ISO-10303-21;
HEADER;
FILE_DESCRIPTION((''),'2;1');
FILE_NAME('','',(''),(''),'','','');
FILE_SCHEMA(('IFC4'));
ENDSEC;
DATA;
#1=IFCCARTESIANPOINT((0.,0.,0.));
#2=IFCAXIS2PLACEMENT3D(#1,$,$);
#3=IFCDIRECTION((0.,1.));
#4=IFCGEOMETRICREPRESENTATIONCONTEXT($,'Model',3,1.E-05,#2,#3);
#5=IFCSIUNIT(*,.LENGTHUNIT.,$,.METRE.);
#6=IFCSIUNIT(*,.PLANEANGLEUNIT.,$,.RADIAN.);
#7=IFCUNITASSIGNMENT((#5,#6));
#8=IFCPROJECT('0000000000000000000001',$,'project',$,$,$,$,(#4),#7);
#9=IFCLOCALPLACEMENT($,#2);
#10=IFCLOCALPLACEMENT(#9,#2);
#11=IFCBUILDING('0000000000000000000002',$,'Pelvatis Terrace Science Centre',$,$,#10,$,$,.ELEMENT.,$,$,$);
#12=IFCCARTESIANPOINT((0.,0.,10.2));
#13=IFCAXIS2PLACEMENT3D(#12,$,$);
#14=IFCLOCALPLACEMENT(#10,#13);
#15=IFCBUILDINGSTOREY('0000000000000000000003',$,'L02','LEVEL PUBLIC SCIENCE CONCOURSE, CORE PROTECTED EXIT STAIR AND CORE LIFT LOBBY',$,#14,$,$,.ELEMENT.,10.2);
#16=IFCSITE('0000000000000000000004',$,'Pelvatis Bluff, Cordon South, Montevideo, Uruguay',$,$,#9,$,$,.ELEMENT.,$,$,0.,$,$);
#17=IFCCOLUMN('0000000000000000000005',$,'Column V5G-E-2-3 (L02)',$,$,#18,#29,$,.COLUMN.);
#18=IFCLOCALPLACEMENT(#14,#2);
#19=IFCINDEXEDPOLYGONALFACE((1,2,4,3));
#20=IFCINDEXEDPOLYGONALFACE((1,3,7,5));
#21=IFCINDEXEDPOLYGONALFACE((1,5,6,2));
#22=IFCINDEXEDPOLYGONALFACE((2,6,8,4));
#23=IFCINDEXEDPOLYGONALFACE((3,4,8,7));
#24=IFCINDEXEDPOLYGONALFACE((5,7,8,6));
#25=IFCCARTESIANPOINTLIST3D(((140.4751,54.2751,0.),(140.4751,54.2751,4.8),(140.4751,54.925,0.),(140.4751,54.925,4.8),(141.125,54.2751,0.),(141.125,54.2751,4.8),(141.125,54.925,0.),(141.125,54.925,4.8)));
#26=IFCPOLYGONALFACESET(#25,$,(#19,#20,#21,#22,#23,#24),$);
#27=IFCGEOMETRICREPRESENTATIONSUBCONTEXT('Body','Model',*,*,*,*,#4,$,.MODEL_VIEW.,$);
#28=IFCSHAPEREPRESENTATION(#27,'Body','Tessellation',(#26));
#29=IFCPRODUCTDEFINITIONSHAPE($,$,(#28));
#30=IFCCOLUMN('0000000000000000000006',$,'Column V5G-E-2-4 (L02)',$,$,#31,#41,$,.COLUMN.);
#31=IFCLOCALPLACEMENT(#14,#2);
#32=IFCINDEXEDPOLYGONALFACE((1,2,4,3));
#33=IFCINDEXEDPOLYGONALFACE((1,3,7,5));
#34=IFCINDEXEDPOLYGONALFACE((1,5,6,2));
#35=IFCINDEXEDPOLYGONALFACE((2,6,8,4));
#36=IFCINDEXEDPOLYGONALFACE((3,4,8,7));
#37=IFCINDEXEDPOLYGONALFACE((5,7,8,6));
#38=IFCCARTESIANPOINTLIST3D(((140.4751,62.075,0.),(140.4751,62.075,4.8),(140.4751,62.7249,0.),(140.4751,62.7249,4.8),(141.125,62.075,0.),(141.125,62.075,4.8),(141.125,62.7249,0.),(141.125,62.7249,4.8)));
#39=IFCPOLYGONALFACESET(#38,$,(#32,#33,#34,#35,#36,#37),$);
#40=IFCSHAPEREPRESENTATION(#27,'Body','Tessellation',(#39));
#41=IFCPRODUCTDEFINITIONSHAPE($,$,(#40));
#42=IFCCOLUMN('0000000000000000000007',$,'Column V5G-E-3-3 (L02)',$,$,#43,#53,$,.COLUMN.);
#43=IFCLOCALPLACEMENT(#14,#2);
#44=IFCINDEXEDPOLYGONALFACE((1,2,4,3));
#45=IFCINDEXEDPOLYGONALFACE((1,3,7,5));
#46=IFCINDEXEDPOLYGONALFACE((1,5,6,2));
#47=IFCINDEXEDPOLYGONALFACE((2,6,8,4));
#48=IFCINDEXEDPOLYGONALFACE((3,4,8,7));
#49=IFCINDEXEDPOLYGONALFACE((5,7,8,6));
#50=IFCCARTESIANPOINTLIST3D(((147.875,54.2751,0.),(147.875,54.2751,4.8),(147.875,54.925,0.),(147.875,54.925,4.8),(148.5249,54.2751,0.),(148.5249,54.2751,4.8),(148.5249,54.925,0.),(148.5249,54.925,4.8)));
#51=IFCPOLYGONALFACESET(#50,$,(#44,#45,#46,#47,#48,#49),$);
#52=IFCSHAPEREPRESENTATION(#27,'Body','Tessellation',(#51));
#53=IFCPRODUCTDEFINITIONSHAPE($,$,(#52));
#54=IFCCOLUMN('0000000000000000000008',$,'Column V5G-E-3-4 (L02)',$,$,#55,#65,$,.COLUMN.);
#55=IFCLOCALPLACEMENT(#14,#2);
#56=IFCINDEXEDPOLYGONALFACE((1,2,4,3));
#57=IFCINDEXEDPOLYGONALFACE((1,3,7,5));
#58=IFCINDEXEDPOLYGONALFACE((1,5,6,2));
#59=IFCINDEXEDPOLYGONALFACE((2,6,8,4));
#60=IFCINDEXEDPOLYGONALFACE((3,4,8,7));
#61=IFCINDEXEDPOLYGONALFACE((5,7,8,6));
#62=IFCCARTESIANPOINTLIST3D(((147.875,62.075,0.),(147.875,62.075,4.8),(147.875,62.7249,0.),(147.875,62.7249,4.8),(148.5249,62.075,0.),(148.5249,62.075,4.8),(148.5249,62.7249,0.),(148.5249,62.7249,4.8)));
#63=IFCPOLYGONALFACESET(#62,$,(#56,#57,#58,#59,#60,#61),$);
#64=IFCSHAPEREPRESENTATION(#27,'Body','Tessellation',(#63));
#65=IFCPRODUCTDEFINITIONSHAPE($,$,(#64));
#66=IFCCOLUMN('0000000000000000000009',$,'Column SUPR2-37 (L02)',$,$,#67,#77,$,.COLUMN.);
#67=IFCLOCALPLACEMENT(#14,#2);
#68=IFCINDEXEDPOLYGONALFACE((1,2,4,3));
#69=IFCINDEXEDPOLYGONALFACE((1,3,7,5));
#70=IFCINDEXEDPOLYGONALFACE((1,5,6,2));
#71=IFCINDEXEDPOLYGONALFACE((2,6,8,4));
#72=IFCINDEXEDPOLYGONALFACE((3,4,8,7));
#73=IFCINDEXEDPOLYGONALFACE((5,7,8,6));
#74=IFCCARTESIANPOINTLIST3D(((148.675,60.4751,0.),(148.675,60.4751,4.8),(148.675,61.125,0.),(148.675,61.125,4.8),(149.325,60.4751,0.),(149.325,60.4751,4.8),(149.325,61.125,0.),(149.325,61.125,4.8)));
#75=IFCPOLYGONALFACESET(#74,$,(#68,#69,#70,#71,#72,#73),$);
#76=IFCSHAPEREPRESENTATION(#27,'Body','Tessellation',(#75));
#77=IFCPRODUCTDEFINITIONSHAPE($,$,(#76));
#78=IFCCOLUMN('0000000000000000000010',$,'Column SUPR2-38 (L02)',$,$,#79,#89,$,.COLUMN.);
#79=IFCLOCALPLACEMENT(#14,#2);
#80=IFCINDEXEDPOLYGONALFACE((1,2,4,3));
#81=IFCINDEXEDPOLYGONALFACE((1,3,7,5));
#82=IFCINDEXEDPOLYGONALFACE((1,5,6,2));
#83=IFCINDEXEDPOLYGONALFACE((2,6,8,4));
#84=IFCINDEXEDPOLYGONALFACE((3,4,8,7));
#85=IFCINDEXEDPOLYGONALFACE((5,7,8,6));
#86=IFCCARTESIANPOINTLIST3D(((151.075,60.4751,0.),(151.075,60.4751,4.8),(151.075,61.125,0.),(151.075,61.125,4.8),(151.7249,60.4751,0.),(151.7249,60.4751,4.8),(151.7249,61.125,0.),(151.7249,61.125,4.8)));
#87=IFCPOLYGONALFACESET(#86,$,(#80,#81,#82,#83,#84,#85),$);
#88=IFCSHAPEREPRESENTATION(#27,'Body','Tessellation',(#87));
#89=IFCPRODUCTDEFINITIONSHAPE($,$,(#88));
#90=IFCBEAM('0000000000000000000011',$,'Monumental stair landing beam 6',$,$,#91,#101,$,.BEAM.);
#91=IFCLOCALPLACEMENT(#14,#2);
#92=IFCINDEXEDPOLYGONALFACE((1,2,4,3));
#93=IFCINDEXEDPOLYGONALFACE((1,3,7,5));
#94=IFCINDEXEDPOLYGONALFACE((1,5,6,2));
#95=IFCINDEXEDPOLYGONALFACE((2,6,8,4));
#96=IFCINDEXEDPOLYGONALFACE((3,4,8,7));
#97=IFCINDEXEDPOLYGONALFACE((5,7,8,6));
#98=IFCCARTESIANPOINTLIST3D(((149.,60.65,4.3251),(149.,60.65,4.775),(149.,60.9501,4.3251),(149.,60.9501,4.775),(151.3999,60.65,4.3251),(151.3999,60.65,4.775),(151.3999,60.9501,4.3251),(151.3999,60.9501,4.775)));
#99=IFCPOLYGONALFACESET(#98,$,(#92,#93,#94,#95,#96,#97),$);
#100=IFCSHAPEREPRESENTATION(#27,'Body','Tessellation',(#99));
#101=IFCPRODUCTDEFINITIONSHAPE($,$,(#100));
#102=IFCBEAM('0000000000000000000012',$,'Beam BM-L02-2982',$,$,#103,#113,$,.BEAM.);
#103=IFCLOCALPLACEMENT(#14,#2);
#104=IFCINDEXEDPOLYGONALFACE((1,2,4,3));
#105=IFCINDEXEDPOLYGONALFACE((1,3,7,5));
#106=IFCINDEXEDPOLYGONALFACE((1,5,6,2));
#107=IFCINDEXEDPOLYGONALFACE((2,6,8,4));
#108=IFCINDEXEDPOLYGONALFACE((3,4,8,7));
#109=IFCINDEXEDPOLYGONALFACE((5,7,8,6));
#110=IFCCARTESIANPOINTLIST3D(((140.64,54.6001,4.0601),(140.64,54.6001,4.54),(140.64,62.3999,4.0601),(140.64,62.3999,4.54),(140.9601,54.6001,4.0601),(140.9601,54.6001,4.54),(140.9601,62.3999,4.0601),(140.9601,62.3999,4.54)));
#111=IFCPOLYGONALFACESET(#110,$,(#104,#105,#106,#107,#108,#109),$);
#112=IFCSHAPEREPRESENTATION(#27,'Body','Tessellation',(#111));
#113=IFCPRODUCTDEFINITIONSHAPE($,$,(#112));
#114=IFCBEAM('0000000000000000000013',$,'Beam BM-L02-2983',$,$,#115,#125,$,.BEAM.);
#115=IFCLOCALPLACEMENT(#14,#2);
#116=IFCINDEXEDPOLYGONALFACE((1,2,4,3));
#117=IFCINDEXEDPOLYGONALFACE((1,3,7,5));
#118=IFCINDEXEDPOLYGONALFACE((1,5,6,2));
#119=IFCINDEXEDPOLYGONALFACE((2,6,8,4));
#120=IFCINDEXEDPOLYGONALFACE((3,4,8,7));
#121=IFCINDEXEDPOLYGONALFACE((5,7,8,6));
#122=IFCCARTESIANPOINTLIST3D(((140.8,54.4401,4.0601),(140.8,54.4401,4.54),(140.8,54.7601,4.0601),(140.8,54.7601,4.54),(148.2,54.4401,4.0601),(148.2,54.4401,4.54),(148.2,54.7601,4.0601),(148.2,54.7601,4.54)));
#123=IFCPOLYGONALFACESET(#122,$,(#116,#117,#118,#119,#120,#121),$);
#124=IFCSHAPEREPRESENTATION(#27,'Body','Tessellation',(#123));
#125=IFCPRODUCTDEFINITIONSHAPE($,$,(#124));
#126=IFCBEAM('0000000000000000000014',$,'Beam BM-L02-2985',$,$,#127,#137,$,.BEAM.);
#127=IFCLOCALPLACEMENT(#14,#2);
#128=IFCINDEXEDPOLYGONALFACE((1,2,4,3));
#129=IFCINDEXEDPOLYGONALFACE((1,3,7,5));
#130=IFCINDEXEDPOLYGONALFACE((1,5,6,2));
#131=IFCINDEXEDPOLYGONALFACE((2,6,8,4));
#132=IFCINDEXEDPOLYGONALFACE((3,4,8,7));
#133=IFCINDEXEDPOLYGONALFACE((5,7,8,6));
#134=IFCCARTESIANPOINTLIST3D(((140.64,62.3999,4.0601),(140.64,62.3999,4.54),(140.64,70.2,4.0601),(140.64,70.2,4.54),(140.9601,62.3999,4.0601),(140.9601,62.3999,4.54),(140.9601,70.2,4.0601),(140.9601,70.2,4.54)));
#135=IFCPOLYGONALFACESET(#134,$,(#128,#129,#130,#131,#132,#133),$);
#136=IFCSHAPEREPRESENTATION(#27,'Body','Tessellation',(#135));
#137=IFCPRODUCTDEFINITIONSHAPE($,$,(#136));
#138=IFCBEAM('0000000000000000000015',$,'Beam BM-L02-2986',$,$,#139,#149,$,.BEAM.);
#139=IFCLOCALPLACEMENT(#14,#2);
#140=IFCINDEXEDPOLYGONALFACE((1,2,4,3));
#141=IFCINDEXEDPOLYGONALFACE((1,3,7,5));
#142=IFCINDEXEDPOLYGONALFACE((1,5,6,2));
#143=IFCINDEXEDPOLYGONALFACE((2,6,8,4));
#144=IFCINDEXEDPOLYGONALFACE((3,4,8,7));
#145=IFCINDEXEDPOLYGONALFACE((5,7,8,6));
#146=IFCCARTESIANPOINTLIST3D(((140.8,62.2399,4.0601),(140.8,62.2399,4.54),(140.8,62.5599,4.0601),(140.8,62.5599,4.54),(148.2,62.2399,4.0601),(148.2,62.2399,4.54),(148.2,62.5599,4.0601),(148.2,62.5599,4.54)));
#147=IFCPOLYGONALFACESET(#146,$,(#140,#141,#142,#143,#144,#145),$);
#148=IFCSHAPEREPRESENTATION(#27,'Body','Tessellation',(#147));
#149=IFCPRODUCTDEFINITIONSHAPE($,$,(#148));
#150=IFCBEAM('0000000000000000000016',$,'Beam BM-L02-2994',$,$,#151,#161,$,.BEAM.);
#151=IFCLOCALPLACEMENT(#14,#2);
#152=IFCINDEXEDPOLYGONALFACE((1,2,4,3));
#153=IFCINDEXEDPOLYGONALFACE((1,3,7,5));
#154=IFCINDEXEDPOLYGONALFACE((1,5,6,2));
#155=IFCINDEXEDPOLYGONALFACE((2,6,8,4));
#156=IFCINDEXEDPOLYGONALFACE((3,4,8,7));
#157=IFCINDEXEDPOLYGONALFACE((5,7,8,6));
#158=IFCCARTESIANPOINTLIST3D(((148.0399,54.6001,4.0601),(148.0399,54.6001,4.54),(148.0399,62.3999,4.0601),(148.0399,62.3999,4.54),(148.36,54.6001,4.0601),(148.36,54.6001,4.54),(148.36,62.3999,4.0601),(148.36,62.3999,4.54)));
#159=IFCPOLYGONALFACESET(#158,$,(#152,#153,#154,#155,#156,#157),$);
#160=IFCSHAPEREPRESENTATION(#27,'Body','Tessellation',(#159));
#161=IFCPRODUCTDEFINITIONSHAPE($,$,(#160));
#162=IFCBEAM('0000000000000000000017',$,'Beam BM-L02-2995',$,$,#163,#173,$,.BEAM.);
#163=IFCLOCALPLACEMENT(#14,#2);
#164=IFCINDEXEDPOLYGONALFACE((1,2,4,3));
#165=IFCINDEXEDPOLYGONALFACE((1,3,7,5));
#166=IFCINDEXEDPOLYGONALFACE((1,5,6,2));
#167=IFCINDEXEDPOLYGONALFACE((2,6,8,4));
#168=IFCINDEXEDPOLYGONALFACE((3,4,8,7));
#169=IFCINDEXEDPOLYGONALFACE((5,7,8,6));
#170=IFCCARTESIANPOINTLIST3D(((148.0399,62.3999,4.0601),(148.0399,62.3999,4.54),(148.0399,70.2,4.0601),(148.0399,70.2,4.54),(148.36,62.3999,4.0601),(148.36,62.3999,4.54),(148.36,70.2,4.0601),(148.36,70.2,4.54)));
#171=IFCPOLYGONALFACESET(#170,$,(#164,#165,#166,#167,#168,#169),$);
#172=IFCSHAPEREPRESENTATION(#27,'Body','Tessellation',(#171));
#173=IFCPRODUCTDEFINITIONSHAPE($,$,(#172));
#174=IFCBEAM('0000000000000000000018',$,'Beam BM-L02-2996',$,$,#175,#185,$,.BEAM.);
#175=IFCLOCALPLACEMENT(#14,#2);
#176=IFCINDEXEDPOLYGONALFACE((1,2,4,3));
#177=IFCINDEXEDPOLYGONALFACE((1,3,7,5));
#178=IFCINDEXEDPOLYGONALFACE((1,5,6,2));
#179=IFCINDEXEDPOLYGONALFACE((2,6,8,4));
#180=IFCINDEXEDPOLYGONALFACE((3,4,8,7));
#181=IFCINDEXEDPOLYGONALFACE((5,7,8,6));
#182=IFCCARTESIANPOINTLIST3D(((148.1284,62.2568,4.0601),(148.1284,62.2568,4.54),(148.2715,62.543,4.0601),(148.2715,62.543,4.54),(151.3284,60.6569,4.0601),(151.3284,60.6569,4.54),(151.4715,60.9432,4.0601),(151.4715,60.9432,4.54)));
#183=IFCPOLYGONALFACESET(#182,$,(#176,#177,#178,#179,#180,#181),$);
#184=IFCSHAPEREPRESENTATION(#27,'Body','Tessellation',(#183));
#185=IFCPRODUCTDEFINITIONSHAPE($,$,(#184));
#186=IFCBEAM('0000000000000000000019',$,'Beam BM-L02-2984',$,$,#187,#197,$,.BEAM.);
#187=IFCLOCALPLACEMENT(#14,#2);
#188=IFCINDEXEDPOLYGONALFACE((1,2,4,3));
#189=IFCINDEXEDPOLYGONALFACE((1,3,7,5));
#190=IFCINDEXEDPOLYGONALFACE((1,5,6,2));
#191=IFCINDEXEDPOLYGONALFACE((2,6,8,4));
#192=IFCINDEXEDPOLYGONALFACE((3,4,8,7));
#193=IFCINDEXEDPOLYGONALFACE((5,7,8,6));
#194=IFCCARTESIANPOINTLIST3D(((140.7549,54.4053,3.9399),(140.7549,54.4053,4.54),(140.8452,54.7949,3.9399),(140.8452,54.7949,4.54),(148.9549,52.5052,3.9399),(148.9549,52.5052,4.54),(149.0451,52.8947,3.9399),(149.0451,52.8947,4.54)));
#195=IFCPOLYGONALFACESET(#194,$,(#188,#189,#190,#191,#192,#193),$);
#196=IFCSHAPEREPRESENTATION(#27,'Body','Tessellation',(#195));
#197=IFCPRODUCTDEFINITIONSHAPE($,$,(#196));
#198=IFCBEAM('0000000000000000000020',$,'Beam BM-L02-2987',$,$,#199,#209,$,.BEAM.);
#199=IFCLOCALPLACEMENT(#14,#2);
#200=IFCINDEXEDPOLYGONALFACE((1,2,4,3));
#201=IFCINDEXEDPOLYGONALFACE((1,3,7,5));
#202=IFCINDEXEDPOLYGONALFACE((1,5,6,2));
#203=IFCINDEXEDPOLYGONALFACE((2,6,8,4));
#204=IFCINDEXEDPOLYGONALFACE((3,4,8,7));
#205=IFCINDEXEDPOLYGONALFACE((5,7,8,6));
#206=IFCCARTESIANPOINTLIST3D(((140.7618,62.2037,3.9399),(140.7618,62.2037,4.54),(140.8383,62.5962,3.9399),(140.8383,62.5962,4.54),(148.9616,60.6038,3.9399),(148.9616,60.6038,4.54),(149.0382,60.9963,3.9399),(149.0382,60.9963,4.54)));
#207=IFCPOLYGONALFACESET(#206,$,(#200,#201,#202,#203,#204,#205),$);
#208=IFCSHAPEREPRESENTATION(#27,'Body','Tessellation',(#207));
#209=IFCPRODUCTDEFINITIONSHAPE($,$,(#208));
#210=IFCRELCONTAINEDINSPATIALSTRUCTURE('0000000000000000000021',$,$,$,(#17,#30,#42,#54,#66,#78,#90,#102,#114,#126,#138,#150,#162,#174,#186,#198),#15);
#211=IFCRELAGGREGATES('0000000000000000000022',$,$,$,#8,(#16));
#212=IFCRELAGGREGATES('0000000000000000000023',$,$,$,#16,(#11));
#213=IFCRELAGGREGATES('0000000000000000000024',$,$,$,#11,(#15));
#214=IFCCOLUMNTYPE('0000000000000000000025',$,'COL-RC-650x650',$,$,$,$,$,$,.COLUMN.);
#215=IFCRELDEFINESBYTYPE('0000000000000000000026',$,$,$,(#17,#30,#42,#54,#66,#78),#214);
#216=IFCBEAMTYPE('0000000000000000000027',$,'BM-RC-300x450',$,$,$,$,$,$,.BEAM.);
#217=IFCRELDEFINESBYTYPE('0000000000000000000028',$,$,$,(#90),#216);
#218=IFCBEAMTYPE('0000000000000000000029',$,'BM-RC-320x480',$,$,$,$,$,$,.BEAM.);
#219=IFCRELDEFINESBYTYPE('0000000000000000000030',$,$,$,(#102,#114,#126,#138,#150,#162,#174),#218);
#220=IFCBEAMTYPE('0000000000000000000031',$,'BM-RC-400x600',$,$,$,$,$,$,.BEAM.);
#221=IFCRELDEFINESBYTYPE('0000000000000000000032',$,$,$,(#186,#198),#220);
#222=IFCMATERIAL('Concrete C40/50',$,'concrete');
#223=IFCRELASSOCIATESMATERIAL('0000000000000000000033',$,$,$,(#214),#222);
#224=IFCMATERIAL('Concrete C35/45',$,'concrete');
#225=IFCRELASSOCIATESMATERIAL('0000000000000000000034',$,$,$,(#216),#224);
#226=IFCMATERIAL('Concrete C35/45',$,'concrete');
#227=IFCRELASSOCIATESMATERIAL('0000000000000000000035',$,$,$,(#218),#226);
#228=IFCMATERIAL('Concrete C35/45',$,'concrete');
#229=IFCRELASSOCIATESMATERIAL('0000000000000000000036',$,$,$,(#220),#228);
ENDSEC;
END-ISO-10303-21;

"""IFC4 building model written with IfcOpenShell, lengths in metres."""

from ifc_helpers import new_model, si_unit, direction, frame, origin, origin_2d, place, context, subcontext, project, spatial, rectangle, extrude, material, material_profile, profile_set, type_object, element, save


model = new_model("IFC4")

# Units and contexts
model_context = context("Model", 3, precision=1e-05, world=origin(), true_north=direction((0.0, 1.0)))
body_context = subcontext(model_context, "Body", "Model", "MODEL_VIEW")
ifc_project = project(units=[si_unit("LENGTHUNIT", "METRE"), si_unit("PLANEANGLEUNIT", "RADIAN")], contexts=[model_context])

# Site, building, storey
site_placement = place(None, origin())
site = spatial("IfcSite", under=ifc_project, at=site_placement, Name="Pelvatis Bluff, Cordon South, Montevideo, Uruguay", CompositionType="ELEMENT", RefElevation=0.0)
building_placement = place(site_placement, origin())
building = spatial("IfcBuilding", under=site, at=building_placement, Name="Pelvatis Terrace Science Centre", CompositionType="ELEMENT")
storey_placement = place(building_placement, frame((0.0, 0.0, 10.2)))
storey = spatial("IfcBuildingStorey", under=building, at=storey_placement, Name="L02", Description="LEVEL PUBLIC SCIENCE CONCOURSE, CORE PROTECTED EXIT STAIR AND CORE LIFT LOBBY", CompositionType="ELEMENT", Elevation=10.2)

# Columns
ifc_material_1 = material(Name="Concrete C40/50", Category="concrete")
ifc_material_profile_1 = material_profile(ifc_material_1, rectangle(XDim=0.6499, YDim=0.6499, at=origin_2d()), Name="RC-COL 650x650")
ifc_profile_set_1 = profile_set([ifc_material_profile_1], Name="Concrete C40/50")
column_type = type_object("IfcColumnType", Name="COL-RC-650x650", PredefinedType="COLUMN", material=ifc_profile_set_1)
for number, where, z_axis, x_axis, name in (
    (1, (140.8, 54.6001, 0.0), (0.0, 0.0, 1.0), (1.0, 0.0, 0.0), "Column V5G-E-2-3 (L02)"),
    (2, (140.8, 62.3999, 0.0), (0.0, 0.0, 1.0), (1.0, 0.0, 0.0), "Column V5G-E-2-4 (L02)"),
    (3, (148.2, 54.6001, 0.0), (0.0, 0.0, 1.0), (1.0, 0.0, 0.0), "Column V5G-E-3-3 (L02)"),
    (4, (148.2, 62.3999, 0.0), (0.0, 0.0, 1.0), (1.0, 0.0, 0.0), "Column V5G-E-3-4 (L02)"),
    (5, (149.0, 60.8, 0.0), (0.0, 0.0, 1.0), (1.0, 0.0, 0.0), "Column SUPR2-37 (L02)"),
    (6, (151.3999, 60.8, 0.0), (0.0, 0.0, 1.0), (1.0, 0.0, 0.0), "Column SUPR2-38 (L02)"),
):
    element("IfcColumn", number, at=place(storey_placement, frame(where, z_axis=z_axis, x_axis=x_axis)), inside=storey, type_object=column_type, Name=name, PredefinedType="COLUMN", context=body_context, shape_type="SweptSolid", body=[
        extrude(rectangle(XDim=0.6499, YDim=0.6499, at=origin_2d()), origin(), (0.0, 0.0, 1.0), 4.8),
    ])

# Beams
ifc_material_2 = material(Name="Concrete C35/45", Category="concrete")
ifc_material_profile_2 = material_profile(ifc_material_2, rectangle(XDim=0.3, YDim=0.45, at=origin_2d()), Name="RC-BM 300x450")
ifc_profile_set_2 = profile_set([ifc_material_profile_2], Name="Concrete C35/45")
beam_type_1 = type_object("IfcBeamType", Name="BM-RC-300x450", PredefinedType="BEAM", material=ifc_profile_set_2)
beam_1_placement = place(storey_placement, frame((149.0, 60.8, 4.55), z_axis=(1.0, 0.0, 0.0), x_axis=(0.0, 1.0, 0.0)))
element("IfcBeam", 7, at=beam_1_placement, inside=storey, type_object=beam_type_1, Name="Monumental stair landing beam 6", PredefinedType="BEAM", context=body_context, shape_type="SweptSolid", body=[
    extrude(rectangle(XDim=0.3, YDim=0.45, at=origin_2d()), origin(), (0.0, 0.0, 1.0), 2.3999),
])
ifc_material_3 = material(Name="Concrete C35/45", Category="concrete")
ifc_material_profile_3 = material_profile(ifc_material_3, rectangle(XDim=0.3201, YDim=0.48, at=origin_2d()), Name="RC-BM 320x480")
ifc_profile_set_3 = profile_set([ifc_material_profile_3], Name="Concrete C35/45")
beam_type_2 = type_object("IfcBeamType", Name="BM-RC-320x480", PredefinedType="BEAM", material=ifc_profile_set_3)
beam_2_placement = place(storey_placement, frame((140.8, 54.6001, 4.3), z_axis=(0.0, 1.0, 0.0), x_axis=(-1.0, 0.0, 0.0)))
element("IfcBeam", 8, at=beam_2_placement, inside=storey, type_object=beam_type_2, Name="Beam BM-L02-2982", PredefinedType="BEAM", context=body_context, shape_type="SweptSolid", body=[
    extrude(rectangle(XDim=0.3201, YDim=0.48, at=origin_2d()), origin(), (0.0, 0.0, 1.0), 7.7998),
])
beam_3_placement = place(storey_placement, frame((140.8, 54.6001, 4.3), z_axis=(1.0, 0.0, 0.0), x_axis=(0.0, 1.0, 0.0)))
element("IfcBeam", 9, at=beam_3_placement, inside=storey, type_object=beam_type_2, Name="Beam BM-L02-2983", PredefinedType="BEAM", context=body_context, shape_type="SweptSolid", body=[
    extrude(rectangle(XDim=0.3201, YDim=0.48, at=origin_2d()), origin(), (0.0, 0.0, 1.0), 7.3999),
])
beam_4_placement = place(storey_placement, frame((140.8, 62.3999, 4.3), z_axis=(0.0, 1.0, 0.0), x_axis=(-1.0, 0.0, 0.0)))
element("IfcBeam", 10, at=beam_4_placement, inside=storey, type_object=beam_type_2, Name="Beam BM-L02-2985", PredefinedType="BEAM", context=body_context, shape_type="SweptSolid", body=[
    extrude(rectangle(XDim=0.3201, YDim=0.48, at=origin_2d()), origin(), (0.0, 0.0, 1.0), 7.8),
])
beam_5_placement = place(storey_placement, frame((140.8, 62.3999, 4.3), z_axis=(1.0, 0.0, 0.0), x_axis=(0.0, 1.0, 0.0)))
element("IfcBeam", 11, at=beam_5_placement, inside=storey, type_object=beam_type_2, Name="Beam BM-L02-2986", PredefinedType="BEAM", context=body_context, shape_type="SweptSolid", body=[
    extrude(rectangle(XDim=0.3201, YDim=0.48, at=origin_2d()), origin(), (0.0, 0.0, 1.0), 7.3999),
])
beam_6_placement = place(storey_placement, frame((148.2, 54.6001, 4.3), z_axis=(0.0, 1.0, 0.0), x_axis=(-1.0, 0.0, 0.0)))
element("IfcBeam", 12, at=beam_6_placement, inside=storey, type_object=beam_type_2, Name="Beam BM-L02-2994", PredefinedType="BEAM", context=body_context, shape_type="SweptSolid", body=[
    extrude(rectangle(XDim=0.3201, YDim=0.48, at=origin_2d()), origin(), (0.0, 0.0, 1.0), 7.7998),
])
beam_7_placement = place(storey_placement, frame((148.2, 62.3999, 4.3), z_axis=(0.0, 1.0, 0.0), x_axis=(-1.0, 0.0, 0.0)))
element("IfcBeam", 13, at=beam_7_placement, inside=storey, type_object=beam_type_2, Name="Beam BM-L02-2995", PredefinedType="BEAM", context=body_context, shape_type="SweptSolid", body=[
    extrude(rectangle(XDim=0.3201, YDim=0.48, at=origin_2d()), origin(), (0.0, 0.0, 1.0), 7.8),
])
beam_8_placement = place(storey_placement, frame((148.2, 62.3999, 4.3), z_axis=(0.894441, -0.447186, 0.0), x_axis=(0.447186, 0.894441, 0.0)))
element("IfcBeam", 14, at=beam_8_placement, inside=storey, type_object=beam_type_2, Name="Beam BM-L02-2996", PredefinedType="BEAM", context=body_context, shape_type="SweptSolid", body=[
    extrude(rectangle(XDim=0.3201, YDim=0.48, at=origin_2d()), origin(), (0.0, 0.0, 1.0), 3.5776),
])
ifc_material_4 = material(Name="Concrete C35/45", Category="concrete")
ifc_material_profile_4 = material_profile(ifc_material_4, rectangle(XDim=0.3999, YDim=0.6001, at=origin_2d()), Name="RC-BM 400x600")
ifc_profile_set_4 = profile_set([ifc_material_profile_4], Name="Concrete C35/45")
beam_type_3 = type_object("IfcBeamType", Name="BM-RC-400x600", PredefinedType="BEAM", material=ifc_profile_set_4)
beam_9_placement = place(storey_placement, frame((140.8, 54.6001, 4.24), z_axis=(0.974186, -0.225745, 0.0), x_axis=(0.225745, 0.974186, 0.0)))
element("IfcBeam", 15, at=beam_9_placement, inside=storey, type_object=beam_type_3, Name="Beam BM-L02-2984", PredefinedType="BEAM", context=body_context, shape_type="SweptSolid", body=[
    extrude(rectangle(XDim=0.3999, YDim=0.6001, at=origin_2d()), origin(), (0.0, 0.0, 1.0), 8.4172),
])
beam_10_placement = place(storey_placement, frame((140.8, 62.3999, 4.24), z_axis=(0.981494, -0.191495, 0.0), x_axis=(0.191495, 0.981494, 0.0)))
element("IfcBeam", 16, at=beam_10_placement, inside=storey, type_object=beam_type_3, Name="Beam BM-L02-2987", PredefinedType="BEAM", context=body_context, shape_type="SweptSolid", body=[
    extrude(rectangle(XDim=0.3999, YDim=0.6001, at=origin_2d()), origin(), (0.0, 0.0, 1.0), 8.3545),
])

save(model, "model.ifc")
